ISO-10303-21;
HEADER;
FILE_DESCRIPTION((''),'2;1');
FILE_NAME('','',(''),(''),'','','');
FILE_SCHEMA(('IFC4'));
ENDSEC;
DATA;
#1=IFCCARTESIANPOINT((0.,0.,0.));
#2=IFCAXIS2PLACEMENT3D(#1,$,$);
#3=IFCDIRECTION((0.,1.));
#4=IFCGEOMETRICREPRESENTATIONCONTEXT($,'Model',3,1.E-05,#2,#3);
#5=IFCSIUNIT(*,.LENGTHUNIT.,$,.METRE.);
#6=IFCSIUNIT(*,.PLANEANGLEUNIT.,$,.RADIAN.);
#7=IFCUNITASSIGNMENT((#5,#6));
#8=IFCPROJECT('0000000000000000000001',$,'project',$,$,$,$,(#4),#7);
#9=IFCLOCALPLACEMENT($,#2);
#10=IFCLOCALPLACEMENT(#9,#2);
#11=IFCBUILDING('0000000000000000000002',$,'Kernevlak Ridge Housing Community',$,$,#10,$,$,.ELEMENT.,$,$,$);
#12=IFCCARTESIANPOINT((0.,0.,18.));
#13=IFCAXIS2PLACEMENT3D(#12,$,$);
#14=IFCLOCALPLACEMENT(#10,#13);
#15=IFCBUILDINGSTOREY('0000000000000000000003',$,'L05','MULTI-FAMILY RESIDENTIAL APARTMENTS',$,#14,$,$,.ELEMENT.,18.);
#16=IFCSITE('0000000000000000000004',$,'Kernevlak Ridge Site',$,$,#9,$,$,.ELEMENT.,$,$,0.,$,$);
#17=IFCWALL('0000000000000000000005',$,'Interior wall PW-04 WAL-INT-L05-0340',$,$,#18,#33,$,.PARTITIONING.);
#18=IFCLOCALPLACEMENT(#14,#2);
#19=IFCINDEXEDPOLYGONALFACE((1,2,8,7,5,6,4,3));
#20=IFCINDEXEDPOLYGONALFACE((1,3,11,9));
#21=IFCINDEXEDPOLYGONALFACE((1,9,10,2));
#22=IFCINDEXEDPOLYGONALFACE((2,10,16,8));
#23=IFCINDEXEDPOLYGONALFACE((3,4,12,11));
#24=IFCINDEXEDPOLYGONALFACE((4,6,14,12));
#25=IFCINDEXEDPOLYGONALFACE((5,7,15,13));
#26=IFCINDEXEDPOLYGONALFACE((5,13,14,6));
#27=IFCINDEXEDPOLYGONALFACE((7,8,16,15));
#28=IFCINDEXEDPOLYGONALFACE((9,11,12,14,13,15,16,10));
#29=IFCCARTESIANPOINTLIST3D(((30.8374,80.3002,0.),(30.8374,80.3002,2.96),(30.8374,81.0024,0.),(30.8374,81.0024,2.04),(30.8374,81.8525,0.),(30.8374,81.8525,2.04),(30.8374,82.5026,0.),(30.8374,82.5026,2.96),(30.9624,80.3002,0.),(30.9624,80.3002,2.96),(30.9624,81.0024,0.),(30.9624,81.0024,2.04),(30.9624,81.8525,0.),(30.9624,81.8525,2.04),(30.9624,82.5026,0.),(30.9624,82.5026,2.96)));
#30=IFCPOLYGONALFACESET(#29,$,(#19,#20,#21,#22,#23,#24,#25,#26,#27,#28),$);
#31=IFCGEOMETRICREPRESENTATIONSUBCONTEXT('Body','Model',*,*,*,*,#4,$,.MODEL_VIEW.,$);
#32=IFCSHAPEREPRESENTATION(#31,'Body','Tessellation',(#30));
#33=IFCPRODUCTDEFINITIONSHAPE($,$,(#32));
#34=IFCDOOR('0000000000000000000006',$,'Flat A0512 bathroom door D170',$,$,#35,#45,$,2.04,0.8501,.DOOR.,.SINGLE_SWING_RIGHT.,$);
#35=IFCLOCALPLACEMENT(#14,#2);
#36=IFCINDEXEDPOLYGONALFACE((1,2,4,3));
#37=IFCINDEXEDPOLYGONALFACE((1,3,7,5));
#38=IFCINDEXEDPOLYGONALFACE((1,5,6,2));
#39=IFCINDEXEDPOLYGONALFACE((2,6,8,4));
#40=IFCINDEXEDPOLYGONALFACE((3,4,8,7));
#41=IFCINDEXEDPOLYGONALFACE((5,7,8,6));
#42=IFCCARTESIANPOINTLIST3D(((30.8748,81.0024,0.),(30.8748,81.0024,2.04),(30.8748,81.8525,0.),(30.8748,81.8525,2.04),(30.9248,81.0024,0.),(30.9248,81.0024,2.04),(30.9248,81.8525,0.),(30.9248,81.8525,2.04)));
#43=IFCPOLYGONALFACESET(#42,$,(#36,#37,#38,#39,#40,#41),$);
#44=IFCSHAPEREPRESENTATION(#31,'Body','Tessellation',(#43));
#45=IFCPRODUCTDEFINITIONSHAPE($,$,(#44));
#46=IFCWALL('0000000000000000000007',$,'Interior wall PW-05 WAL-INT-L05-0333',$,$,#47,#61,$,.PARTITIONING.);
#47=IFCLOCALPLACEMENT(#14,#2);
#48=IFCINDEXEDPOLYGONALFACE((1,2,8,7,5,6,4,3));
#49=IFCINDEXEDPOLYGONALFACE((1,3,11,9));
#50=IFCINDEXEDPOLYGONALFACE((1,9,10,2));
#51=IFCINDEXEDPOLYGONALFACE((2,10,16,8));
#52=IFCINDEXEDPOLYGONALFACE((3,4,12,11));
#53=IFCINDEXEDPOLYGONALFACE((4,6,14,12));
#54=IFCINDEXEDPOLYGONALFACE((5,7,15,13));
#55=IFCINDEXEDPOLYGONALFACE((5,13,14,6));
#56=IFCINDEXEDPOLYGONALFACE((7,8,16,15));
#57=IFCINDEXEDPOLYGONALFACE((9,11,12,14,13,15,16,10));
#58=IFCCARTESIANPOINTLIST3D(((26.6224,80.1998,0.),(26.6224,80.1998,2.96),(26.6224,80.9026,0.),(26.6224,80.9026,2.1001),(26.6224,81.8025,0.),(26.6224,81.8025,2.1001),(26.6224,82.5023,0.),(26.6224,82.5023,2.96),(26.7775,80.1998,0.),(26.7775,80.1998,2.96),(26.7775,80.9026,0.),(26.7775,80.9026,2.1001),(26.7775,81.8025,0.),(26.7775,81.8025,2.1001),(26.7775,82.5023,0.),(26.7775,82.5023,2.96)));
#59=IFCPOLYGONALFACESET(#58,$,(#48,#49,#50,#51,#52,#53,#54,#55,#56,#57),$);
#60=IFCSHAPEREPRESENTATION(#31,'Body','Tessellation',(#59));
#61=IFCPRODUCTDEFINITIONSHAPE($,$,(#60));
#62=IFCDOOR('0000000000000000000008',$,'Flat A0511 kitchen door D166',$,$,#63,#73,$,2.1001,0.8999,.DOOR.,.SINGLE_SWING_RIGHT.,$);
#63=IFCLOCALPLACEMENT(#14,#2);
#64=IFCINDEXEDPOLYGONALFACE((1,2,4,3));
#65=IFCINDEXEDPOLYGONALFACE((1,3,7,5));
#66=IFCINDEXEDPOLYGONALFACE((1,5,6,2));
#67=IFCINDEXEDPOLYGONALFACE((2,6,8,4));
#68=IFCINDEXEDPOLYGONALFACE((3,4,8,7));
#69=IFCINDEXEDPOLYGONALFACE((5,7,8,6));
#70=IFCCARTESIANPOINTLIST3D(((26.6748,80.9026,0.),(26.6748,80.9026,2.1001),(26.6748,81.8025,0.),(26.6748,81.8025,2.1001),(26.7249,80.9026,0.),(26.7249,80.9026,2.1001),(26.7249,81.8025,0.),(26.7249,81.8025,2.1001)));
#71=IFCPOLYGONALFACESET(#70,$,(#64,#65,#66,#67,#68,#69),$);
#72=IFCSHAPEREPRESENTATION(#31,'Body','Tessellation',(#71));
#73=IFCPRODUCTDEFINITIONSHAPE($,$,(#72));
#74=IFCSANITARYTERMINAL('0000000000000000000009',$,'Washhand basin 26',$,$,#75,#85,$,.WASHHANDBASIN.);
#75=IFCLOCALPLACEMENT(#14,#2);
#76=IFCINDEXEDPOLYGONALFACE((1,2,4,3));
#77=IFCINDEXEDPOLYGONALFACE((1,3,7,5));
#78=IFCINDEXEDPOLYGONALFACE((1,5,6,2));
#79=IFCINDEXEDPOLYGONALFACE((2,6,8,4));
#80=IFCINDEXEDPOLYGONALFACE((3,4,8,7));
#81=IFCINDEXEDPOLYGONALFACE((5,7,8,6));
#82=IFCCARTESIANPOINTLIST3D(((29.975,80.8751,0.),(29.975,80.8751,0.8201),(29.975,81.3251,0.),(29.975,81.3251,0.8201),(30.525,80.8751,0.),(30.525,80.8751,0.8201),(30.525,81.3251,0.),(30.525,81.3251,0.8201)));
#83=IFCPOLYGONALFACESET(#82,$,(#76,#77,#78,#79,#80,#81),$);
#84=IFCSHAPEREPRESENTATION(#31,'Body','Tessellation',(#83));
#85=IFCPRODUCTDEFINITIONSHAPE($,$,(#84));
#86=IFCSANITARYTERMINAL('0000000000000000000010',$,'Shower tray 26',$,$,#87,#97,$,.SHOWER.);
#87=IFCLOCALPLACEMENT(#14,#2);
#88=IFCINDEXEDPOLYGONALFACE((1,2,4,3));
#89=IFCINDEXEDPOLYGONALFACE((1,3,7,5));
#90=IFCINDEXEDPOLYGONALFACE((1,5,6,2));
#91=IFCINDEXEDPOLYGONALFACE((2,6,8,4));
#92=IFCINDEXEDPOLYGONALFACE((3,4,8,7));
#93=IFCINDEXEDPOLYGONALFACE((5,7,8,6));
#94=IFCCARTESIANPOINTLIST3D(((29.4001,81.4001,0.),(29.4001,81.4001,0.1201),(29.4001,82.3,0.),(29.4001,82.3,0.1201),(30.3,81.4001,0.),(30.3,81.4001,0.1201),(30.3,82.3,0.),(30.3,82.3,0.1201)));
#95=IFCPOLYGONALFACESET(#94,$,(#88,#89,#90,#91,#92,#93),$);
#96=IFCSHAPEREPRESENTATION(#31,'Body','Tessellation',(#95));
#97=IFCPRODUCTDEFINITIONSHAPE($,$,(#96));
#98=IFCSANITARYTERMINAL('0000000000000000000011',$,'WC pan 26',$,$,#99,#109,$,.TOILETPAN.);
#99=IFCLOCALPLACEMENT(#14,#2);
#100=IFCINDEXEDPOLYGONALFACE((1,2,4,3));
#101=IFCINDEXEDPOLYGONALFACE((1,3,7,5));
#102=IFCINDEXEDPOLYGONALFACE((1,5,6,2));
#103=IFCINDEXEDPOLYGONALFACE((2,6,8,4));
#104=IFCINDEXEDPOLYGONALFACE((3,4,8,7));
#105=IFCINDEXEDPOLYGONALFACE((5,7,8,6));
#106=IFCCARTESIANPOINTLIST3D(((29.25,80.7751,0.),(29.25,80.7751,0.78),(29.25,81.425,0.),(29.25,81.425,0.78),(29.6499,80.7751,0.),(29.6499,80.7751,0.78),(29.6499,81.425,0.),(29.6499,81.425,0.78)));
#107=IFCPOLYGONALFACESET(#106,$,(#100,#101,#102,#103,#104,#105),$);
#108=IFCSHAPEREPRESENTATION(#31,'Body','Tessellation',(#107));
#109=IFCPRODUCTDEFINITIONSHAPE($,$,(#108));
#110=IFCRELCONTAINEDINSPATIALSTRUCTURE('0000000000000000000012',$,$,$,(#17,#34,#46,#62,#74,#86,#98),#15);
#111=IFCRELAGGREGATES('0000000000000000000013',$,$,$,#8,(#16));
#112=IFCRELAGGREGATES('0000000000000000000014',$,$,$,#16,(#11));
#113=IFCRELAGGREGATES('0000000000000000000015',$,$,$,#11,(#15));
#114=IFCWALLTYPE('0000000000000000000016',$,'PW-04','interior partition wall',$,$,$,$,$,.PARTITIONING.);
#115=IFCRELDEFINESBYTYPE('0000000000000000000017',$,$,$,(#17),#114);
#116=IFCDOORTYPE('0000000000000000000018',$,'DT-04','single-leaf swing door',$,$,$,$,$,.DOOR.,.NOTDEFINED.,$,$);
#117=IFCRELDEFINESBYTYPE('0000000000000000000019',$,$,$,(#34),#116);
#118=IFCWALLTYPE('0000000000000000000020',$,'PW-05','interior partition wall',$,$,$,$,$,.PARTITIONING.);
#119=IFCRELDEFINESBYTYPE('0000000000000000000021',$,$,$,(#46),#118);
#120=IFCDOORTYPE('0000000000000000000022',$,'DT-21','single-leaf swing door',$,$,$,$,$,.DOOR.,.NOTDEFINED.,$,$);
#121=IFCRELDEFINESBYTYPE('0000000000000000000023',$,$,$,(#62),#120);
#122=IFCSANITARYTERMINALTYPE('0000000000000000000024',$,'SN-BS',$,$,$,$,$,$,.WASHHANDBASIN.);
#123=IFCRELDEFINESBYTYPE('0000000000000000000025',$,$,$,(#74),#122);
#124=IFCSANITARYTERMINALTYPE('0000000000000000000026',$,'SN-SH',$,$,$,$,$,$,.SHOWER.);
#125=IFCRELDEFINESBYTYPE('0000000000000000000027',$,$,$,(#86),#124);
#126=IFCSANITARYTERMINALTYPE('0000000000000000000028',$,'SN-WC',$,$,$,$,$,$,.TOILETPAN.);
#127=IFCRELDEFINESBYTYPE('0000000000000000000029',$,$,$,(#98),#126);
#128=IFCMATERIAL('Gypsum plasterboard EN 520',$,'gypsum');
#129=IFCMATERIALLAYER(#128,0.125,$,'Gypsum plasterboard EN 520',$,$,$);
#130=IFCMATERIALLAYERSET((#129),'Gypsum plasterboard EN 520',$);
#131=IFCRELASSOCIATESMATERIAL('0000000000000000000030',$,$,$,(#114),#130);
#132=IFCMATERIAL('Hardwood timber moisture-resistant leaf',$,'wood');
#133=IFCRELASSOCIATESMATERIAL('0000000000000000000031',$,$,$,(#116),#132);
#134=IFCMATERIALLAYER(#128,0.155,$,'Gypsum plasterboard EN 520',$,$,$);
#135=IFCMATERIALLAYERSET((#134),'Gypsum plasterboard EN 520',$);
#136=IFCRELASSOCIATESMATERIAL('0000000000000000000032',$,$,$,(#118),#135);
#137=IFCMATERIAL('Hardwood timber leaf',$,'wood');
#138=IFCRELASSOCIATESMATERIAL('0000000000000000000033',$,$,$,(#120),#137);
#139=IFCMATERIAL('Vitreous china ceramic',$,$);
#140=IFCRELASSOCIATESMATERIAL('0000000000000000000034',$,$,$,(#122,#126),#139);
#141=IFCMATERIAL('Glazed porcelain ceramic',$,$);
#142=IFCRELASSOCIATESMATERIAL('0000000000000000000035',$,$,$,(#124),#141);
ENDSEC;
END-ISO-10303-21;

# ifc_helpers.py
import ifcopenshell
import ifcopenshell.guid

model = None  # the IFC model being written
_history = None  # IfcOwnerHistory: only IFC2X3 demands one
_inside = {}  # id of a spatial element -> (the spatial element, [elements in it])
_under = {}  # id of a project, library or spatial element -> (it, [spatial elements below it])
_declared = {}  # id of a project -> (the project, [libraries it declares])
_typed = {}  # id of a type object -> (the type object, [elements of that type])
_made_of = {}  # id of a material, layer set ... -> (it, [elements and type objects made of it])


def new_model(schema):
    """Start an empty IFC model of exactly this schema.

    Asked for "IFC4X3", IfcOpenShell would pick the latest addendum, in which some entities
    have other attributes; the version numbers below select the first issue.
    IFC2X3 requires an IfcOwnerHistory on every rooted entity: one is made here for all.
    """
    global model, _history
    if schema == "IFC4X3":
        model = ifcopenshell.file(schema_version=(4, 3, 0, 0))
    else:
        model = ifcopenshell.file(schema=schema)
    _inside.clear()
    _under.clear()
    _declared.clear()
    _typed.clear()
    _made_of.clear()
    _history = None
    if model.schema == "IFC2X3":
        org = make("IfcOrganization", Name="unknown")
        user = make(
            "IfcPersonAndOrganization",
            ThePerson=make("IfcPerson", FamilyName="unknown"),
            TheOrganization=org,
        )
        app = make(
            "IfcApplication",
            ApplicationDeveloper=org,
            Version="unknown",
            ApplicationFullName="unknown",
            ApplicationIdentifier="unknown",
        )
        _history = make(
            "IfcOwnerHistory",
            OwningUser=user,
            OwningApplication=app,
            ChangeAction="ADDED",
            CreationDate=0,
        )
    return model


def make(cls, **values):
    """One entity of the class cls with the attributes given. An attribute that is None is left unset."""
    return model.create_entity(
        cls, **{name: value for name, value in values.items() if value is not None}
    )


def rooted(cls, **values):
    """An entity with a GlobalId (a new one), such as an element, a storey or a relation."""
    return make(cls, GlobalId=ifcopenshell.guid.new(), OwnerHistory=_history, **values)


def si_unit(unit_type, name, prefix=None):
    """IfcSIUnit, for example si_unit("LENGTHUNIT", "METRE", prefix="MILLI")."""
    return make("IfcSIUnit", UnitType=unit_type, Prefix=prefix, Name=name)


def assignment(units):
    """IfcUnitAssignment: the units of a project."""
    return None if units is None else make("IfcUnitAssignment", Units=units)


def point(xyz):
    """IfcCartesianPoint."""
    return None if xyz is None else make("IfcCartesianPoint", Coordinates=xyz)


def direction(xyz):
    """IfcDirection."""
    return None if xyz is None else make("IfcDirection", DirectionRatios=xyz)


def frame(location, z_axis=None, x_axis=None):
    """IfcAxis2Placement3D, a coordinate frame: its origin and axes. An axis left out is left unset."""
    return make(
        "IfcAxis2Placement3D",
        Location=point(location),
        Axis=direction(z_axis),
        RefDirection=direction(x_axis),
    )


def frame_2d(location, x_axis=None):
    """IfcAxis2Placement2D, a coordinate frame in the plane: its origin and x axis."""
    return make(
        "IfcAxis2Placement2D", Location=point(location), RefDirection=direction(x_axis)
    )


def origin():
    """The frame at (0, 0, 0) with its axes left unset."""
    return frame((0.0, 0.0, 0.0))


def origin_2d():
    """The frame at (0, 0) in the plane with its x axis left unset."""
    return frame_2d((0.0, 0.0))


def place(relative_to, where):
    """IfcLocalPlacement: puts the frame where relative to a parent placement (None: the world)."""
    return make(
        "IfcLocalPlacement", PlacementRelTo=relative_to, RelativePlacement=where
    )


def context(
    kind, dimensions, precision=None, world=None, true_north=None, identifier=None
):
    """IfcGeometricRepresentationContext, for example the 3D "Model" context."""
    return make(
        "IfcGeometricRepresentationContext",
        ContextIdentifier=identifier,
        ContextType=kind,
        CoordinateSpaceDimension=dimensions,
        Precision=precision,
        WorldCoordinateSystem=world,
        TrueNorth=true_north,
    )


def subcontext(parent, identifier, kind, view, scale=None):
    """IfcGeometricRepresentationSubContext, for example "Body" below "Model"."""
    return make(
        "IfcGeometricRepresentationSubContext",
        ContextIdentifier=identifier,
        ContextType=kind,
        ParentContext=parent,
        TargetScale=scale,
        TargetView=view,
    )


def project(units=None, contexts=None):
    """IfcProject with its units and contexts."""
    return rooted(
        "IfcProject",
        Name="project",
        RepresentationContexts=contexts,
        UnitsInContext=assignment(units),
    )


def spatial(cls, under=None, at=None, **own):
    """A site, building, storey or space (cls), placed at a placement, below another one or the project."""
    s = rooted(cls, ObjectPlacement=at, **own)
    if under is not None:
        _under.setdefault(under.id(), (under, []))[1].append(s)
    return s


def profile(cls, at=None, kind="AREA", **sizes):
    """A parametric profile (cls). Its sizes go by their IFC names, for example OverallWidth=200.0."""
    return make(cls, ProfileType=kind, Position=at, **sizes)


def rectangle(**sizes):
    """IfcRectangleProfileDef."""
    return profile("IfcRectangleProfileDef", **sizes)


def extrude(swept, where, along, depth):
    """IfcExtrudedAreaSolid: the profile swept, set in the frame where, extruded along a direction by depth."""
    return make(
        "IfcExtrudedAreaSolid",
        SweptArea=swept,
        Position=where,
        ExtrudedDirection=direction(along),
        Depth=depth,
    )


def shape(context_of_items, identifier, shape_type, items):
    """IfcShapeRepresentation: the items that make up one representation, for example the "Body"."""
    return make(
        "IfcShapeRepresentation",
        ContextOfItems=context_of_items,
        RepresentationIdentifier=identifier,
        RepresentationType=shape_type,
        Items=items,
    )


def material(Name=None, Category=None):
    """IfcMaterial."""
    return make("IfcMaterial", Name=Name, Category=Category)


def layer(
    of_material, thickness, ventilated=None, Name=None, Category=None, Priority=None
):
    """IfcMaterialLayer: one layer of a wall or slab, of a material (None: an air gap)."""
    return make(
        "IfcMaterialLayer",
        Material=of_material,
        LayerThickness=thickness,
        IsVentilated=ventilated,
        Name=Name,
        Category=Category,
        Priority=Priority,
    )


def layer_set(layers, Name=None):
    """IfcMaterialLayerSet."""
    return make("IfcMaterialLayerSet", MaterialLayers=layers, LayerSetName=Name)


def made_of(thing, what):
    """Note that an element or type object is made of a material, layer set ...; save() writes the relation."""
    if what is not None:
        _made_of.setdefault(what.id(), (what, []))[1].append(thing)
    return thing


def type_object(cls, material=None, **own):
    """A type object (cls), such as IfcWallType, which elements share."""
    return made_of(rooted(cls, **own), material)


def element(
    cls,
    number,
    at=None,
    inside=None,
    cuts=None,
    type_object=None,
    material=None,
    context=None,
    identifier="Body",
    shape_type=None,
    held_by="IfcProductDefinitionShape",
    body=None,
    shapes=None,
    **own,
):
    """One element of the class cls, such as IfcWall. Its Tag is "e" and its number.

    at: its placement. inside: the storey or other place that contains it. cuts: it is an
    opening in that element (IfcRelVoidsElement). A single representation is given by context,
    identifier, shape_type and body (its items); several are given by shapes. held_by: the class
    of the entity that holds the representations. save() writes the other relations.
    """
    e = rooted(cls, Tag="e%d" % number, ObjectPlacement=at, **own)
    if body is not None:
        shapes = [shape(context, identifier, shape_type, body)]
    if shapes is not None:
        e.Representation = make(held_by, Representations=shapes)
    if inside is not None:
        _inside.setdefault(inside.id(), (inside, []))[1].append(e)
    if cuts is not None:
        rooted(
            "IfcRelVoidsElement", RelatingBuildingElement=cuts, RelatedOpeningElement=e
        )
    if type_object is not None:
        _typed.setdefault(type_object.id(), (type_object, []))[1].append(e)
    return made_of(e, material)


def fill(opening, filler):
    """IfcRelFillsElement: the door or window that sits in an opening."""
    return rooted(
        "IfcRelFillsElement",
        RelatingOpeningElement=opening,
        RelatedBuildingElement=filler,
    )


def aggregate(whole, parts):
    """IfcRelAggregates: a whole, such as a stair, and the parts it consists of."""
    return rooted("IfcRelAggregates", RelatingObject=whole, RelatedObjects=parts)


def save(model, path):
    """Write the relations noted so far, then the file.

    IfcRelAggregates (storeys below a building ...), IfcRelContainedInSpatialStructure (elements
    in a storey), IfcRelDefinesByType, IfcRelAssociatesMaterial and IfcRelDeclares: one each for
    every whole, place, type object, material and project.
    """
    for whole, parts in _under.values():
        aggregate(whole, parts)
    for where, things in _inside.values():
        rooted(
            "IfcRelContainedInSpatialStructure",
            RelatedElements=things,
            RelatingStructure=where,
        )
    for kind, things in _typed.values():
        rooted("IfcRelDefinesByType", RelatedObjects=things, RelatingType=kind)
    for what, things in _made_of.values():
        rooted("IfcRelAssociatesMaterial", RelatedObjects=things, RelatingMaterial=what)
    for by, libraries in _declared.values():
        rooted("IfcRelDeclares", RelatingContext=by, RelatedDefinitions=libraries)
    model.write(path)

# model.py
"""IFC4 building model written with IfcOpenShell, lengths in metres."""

from ifc_helpers import new_model, si_unit, direction, frame, frame_2d, origin, origin_2d, place, context, subcontext, project, spatial, rectangle, extrude, material, layer, layer_set, type_object, element, fill, save


model = new_model("IFC4")

# Units and contexts
model_context = context("Model", 3, precision=1e-05, world=origin(), true_north=direction((0.0, 1.0)))
body_context = subcontext(model_context, "Body", "Model", "MODEL_VIEW")
ifc_project = project(units=[si_unit("LENGTHUNIT", "METRE"), si_unit("PLANEANGLEUNIT", "RADIAN")], contexts=[model_context])

# Site, building, storey
site_placement = place(None, origin())
site = spatial("IfcSite", under=ifc_project, at=site_placement, Name="Kernevlak Ridge Site", CompositionType="ELEMENT", RefElevation=0.0)
building_placement = place(site_placement, origin())
building = spatial("IfcBuilding", under=site, at=building_placement, Name="Kernevlak Ridge Housing Community", CompositionType="ELEMENT")
storey_placement = place(building_placement, frame((0.0, 0.0, 18.0)))
storey = spatial("IfcBuildingStorey", under=building, at=storey_placement, Name="L05", Description="MULTI-FAMILY RESIDENTIAL APARTMENTS", CompositionType="ELEMENT", Elevation=18.0)

# Walls, openings, doors
ifc_material_1 = material(Name="Gypsum plasterboard EN 520", Category="gypsum")
ifc_layer_1 = layer(ifc_material_1, 0.125, Name="Gypsum plasterboard EN 520")
ifc_layer_set_1 = layer_set([ifc_layer_1], Name="Gypsum plasterboard EN 520")
wall_type_1 = type_object("IfcWallType", Name="PW-04", Description="interior partition wall", PredefinedType="PARTITIONING", material=ifc_layer_set_1)
wall_1_placement = place(storey_placement, frame((30.8999, 82.5024, 0.0), z_axis=(0.0, 0.0, 1.0), x_axis=(0.0, -1.0, 0.0)))
wall_1 = element("IfcWall", 1, at=wall_1_placement, inside=storey, type_object=wall_type_1, Name="Interior wall PW-04 WAL-INT-L05-0340", PredefinedType="PARTITIONING", context=body_context, shape_type="SweptSolid", body=[
    extrude(rectangle(XDim=2.2024, YDim=0.125, at=frame_2d((1.1011, 0.0))), origin(), (0.0, 0.0, 1.0), 2.96),
])
opening_1_placement = place(wall_1_placement, frame((0.6499, 0.0, 0.0)))
opening_1 = element("IfcOpeningElement", 2, at=opening_1_placement, cuts=wall_1, PredefinedType="OPENING", context=body_context, shape_type="SweptSolid", body=[
    extrude(rectangle(XDim=0.8501, YDim=2.04, at=frame_2d((0.425, 1.02))), frame((0.0, 0.0725, 0.0), z_axis=(0.0, -1.0, 0.0), x_axis=(1.0, 0.0, 0.0)), (0.0, 0.0, 1.0), 0.145),
])
ifc_material_2 = material(Name="Hardwood timber moisture-resistant leaf", Category="wood")
door_type_1 = type_object("IfcDoorType", Name="DT-04", Description="single-leaf swing door", OperationType="NOTDEFINED", PredefinedType="DOOR", material=ifc_material_2)
door_1_placement = place(opening_1_placement, origin())
door_1 = element("IfcDoor", 3, at=door_1_placement, inside=storey, type_object=door_type_1, Name="Flat A0512 bathroom door D170", OperationType="SINGLE_SWING_RIGHT", OverallHeight=2.04, OverallWidth=0.8501, PredefinedType="DOOR", context=body_context, shape_type="SweptSolid", body=[
    extrude(rectangle(XDim=0.8501, YDim=2.04, at=frame_2d((0.425, 1.02))), frame((0.0, 0.0249, 0.0), z_axis=(0.0, -1.0, 0.0), x_axis=(1.0, 0.0, 0.0)), (0.0, 0.0, 1.0), 0.05),
])
fill(opening_1, door_1)
ifc_layer_2 = layer(ifc_material_1, 0.155, Name="Gypsum plasterboard EN 520")
ifc_layer_set_2 = layer_set([ifc_layer_2], Name="Gypsum plasterboard EN 520")
wall_type_2 = type_object("IfcWallType", Name="PW-05", Description="interior partition wall", PredefinedType="PARTITIONING", material=ifc_layer_set_2)
wall_2_placement = place(storey_placement, frame((26.7, 82.5024, 0.0), z_axis=(0.0, 0.0, 1.0), x_axis=(0.0, -1.0, 0.0)))
wall_2 = element("IfcWall", 4, at=wall_2_placement, inside=storey, type_object=wall_type_2, Name="Interior wall PW-05 WAL-INT-L05-0333", PredefinedType="PARTITIONING", context=body_context, shape_type="SweptSolid", body=[
    extrude(rectangle(XDim=2.3025, YDim=0.155, at=frame_2d((1.1514, 0.0))), origin(), (0.0, 0.0, 1.0), 2.96),
])
opening_2_placement = place(wall_2_placement, frame((0.7, 0.0, 0.0)))
opening_2 = element("IfcOpeningElement", 5, at=opening_2_placement, cuts=wall_2, PredefinedType="OPENING", context=body_context, shape_type="SweptSolid", body=[
    extrude(rectangle(XDim=0.8999, YDim=2.1001, at=frame_2d((0.45, 1.05))), frame((0.0, 0.0874, 0.0), z_axis=(0.0, -1.0, 0.0), x_axis=(1.0, 0.0, 0.0)), (0.0, 0.0, 1.0), 0.175),
])
ifc_material_3 = material(Name="Hardwood timber leaf", Category="wood")
door_type_2 = type_object("IfcDoorType", Name="DT-21", Description="single-leaf swing door", OperationType="NOTDEFINED", PredefinedType="DOOR", material=ifc_material_3)
door_2_placement = place(opening_2_placement, origin())
door_2 = element("IfcDoor", 6, at=door_2_placement, inside=storey, type_object=door_type_2, Name="Flat A0511 kitchen door D166", OperationType="SINGLE_SWING_RIGHT", OverallHeight=2.1001, OverallWidth=0.8999, PredefinedType="DOOR", context=body_context, shape_type="SweptSolid", body=[
    extrude(rectangle(XDim=0.8999, YDim=2.1001, at=frame_2d((0.45, 1.05))), frame((0.0, 0.0249, 0.0), z_axis=(0.0, -1.0, 0.0), x_axis=(1.0, 0.0, 0.0)), (0.0, 0.0, 1.0), 0.05),
])
fill(opening_2, door_2)

# Sanitary terminals
ifc_material_4 = material(Name="Vitreous china ceramic")
sanitary_terminal_type_1 = type_object("IfcSanitaryTerminalType", Name="SN-BS", PredefinedType="WASHHANDBASIN", material=ifc_material_4)
sanitary_terminal_1_placement = place(storey_placement, frame((30.25, 81.1001, 0.0), z_axis=(0.0, 0.0, 1.0), x_axis=(1.0, 0.0, 0.0)))
element("IfcSanitaryTerminal", 7, at=sanitary_terminal_1_placement, inside=storey, type_object=sanitary_terminal_type_1, Name="Washhand basin 26", PredefinedType="WASHHANDBASIN", context=body_context, shape_type="SweptSolid", body=[
    extrude(rectangle(XDim=0.55, YDim=0.45, at=origin_2d()), origin(), (0.0, 0.0, 1.0), 0.8201),
])
ifc_material_5 = material(Name="Glazed porcelain ceramic")
sanitary_terminal_type_2 = type_object("IfcSanitaryTerminalType", Name="SN-SH", PredefinedType="SHOWER", material=ifc_material_5)
sanitary_terminal_2_placement = place(storey_placement, frame((29.8501, 81.8501, 0.0), z_axis=(0.0, 0.0, 1.0), x_axis=(1.0, 0.0, 0.0)))
element("IfcSanitaryTerminal", 8, at=sanitary_terminal_2_placement, inside=storey, type_object=sanitary_terminal_type_2, Name="Shower tray 26", PredefinedType="SHOWER", context=body_context, shape_type="SweptSolid", body=[
    extrude(rectangle(XDim=0.8999, YDim=0.8999, at=origin_2d()), origin(), (0.0, 0.0, 1.0), 0.1201),
])
sanitary_terminal_type_3 = type_object("IfcSanitaryTerminalType", Name="SN-WC", PredefinedType="TOILETPAN", material=ifc_material_4)
sanitary_terminal_3_placement = place(storey_placement, frame((29.45, 81.1001, 0.0), z_axis=(0.0, 0.0, 1.0), x_axis=(1.0, 0.0, 0.0)))
element("IfcSanitaryTerminal", 9, at=sanitary_terminal_3_placement, inside=storey, type_object=sanitary_terminal_type_3, Name="WC pan 26", PredefinedType="TOILETPAN", context=body_context, shape_type="SweptSolid", body=[
    extrude(rectangle(XDim=0.3999, YDim=0.6499, at=origin_2d()), origin(), (0.0, 0.0, 1.0), 0.78),
])

save(model, "model.ifc")
